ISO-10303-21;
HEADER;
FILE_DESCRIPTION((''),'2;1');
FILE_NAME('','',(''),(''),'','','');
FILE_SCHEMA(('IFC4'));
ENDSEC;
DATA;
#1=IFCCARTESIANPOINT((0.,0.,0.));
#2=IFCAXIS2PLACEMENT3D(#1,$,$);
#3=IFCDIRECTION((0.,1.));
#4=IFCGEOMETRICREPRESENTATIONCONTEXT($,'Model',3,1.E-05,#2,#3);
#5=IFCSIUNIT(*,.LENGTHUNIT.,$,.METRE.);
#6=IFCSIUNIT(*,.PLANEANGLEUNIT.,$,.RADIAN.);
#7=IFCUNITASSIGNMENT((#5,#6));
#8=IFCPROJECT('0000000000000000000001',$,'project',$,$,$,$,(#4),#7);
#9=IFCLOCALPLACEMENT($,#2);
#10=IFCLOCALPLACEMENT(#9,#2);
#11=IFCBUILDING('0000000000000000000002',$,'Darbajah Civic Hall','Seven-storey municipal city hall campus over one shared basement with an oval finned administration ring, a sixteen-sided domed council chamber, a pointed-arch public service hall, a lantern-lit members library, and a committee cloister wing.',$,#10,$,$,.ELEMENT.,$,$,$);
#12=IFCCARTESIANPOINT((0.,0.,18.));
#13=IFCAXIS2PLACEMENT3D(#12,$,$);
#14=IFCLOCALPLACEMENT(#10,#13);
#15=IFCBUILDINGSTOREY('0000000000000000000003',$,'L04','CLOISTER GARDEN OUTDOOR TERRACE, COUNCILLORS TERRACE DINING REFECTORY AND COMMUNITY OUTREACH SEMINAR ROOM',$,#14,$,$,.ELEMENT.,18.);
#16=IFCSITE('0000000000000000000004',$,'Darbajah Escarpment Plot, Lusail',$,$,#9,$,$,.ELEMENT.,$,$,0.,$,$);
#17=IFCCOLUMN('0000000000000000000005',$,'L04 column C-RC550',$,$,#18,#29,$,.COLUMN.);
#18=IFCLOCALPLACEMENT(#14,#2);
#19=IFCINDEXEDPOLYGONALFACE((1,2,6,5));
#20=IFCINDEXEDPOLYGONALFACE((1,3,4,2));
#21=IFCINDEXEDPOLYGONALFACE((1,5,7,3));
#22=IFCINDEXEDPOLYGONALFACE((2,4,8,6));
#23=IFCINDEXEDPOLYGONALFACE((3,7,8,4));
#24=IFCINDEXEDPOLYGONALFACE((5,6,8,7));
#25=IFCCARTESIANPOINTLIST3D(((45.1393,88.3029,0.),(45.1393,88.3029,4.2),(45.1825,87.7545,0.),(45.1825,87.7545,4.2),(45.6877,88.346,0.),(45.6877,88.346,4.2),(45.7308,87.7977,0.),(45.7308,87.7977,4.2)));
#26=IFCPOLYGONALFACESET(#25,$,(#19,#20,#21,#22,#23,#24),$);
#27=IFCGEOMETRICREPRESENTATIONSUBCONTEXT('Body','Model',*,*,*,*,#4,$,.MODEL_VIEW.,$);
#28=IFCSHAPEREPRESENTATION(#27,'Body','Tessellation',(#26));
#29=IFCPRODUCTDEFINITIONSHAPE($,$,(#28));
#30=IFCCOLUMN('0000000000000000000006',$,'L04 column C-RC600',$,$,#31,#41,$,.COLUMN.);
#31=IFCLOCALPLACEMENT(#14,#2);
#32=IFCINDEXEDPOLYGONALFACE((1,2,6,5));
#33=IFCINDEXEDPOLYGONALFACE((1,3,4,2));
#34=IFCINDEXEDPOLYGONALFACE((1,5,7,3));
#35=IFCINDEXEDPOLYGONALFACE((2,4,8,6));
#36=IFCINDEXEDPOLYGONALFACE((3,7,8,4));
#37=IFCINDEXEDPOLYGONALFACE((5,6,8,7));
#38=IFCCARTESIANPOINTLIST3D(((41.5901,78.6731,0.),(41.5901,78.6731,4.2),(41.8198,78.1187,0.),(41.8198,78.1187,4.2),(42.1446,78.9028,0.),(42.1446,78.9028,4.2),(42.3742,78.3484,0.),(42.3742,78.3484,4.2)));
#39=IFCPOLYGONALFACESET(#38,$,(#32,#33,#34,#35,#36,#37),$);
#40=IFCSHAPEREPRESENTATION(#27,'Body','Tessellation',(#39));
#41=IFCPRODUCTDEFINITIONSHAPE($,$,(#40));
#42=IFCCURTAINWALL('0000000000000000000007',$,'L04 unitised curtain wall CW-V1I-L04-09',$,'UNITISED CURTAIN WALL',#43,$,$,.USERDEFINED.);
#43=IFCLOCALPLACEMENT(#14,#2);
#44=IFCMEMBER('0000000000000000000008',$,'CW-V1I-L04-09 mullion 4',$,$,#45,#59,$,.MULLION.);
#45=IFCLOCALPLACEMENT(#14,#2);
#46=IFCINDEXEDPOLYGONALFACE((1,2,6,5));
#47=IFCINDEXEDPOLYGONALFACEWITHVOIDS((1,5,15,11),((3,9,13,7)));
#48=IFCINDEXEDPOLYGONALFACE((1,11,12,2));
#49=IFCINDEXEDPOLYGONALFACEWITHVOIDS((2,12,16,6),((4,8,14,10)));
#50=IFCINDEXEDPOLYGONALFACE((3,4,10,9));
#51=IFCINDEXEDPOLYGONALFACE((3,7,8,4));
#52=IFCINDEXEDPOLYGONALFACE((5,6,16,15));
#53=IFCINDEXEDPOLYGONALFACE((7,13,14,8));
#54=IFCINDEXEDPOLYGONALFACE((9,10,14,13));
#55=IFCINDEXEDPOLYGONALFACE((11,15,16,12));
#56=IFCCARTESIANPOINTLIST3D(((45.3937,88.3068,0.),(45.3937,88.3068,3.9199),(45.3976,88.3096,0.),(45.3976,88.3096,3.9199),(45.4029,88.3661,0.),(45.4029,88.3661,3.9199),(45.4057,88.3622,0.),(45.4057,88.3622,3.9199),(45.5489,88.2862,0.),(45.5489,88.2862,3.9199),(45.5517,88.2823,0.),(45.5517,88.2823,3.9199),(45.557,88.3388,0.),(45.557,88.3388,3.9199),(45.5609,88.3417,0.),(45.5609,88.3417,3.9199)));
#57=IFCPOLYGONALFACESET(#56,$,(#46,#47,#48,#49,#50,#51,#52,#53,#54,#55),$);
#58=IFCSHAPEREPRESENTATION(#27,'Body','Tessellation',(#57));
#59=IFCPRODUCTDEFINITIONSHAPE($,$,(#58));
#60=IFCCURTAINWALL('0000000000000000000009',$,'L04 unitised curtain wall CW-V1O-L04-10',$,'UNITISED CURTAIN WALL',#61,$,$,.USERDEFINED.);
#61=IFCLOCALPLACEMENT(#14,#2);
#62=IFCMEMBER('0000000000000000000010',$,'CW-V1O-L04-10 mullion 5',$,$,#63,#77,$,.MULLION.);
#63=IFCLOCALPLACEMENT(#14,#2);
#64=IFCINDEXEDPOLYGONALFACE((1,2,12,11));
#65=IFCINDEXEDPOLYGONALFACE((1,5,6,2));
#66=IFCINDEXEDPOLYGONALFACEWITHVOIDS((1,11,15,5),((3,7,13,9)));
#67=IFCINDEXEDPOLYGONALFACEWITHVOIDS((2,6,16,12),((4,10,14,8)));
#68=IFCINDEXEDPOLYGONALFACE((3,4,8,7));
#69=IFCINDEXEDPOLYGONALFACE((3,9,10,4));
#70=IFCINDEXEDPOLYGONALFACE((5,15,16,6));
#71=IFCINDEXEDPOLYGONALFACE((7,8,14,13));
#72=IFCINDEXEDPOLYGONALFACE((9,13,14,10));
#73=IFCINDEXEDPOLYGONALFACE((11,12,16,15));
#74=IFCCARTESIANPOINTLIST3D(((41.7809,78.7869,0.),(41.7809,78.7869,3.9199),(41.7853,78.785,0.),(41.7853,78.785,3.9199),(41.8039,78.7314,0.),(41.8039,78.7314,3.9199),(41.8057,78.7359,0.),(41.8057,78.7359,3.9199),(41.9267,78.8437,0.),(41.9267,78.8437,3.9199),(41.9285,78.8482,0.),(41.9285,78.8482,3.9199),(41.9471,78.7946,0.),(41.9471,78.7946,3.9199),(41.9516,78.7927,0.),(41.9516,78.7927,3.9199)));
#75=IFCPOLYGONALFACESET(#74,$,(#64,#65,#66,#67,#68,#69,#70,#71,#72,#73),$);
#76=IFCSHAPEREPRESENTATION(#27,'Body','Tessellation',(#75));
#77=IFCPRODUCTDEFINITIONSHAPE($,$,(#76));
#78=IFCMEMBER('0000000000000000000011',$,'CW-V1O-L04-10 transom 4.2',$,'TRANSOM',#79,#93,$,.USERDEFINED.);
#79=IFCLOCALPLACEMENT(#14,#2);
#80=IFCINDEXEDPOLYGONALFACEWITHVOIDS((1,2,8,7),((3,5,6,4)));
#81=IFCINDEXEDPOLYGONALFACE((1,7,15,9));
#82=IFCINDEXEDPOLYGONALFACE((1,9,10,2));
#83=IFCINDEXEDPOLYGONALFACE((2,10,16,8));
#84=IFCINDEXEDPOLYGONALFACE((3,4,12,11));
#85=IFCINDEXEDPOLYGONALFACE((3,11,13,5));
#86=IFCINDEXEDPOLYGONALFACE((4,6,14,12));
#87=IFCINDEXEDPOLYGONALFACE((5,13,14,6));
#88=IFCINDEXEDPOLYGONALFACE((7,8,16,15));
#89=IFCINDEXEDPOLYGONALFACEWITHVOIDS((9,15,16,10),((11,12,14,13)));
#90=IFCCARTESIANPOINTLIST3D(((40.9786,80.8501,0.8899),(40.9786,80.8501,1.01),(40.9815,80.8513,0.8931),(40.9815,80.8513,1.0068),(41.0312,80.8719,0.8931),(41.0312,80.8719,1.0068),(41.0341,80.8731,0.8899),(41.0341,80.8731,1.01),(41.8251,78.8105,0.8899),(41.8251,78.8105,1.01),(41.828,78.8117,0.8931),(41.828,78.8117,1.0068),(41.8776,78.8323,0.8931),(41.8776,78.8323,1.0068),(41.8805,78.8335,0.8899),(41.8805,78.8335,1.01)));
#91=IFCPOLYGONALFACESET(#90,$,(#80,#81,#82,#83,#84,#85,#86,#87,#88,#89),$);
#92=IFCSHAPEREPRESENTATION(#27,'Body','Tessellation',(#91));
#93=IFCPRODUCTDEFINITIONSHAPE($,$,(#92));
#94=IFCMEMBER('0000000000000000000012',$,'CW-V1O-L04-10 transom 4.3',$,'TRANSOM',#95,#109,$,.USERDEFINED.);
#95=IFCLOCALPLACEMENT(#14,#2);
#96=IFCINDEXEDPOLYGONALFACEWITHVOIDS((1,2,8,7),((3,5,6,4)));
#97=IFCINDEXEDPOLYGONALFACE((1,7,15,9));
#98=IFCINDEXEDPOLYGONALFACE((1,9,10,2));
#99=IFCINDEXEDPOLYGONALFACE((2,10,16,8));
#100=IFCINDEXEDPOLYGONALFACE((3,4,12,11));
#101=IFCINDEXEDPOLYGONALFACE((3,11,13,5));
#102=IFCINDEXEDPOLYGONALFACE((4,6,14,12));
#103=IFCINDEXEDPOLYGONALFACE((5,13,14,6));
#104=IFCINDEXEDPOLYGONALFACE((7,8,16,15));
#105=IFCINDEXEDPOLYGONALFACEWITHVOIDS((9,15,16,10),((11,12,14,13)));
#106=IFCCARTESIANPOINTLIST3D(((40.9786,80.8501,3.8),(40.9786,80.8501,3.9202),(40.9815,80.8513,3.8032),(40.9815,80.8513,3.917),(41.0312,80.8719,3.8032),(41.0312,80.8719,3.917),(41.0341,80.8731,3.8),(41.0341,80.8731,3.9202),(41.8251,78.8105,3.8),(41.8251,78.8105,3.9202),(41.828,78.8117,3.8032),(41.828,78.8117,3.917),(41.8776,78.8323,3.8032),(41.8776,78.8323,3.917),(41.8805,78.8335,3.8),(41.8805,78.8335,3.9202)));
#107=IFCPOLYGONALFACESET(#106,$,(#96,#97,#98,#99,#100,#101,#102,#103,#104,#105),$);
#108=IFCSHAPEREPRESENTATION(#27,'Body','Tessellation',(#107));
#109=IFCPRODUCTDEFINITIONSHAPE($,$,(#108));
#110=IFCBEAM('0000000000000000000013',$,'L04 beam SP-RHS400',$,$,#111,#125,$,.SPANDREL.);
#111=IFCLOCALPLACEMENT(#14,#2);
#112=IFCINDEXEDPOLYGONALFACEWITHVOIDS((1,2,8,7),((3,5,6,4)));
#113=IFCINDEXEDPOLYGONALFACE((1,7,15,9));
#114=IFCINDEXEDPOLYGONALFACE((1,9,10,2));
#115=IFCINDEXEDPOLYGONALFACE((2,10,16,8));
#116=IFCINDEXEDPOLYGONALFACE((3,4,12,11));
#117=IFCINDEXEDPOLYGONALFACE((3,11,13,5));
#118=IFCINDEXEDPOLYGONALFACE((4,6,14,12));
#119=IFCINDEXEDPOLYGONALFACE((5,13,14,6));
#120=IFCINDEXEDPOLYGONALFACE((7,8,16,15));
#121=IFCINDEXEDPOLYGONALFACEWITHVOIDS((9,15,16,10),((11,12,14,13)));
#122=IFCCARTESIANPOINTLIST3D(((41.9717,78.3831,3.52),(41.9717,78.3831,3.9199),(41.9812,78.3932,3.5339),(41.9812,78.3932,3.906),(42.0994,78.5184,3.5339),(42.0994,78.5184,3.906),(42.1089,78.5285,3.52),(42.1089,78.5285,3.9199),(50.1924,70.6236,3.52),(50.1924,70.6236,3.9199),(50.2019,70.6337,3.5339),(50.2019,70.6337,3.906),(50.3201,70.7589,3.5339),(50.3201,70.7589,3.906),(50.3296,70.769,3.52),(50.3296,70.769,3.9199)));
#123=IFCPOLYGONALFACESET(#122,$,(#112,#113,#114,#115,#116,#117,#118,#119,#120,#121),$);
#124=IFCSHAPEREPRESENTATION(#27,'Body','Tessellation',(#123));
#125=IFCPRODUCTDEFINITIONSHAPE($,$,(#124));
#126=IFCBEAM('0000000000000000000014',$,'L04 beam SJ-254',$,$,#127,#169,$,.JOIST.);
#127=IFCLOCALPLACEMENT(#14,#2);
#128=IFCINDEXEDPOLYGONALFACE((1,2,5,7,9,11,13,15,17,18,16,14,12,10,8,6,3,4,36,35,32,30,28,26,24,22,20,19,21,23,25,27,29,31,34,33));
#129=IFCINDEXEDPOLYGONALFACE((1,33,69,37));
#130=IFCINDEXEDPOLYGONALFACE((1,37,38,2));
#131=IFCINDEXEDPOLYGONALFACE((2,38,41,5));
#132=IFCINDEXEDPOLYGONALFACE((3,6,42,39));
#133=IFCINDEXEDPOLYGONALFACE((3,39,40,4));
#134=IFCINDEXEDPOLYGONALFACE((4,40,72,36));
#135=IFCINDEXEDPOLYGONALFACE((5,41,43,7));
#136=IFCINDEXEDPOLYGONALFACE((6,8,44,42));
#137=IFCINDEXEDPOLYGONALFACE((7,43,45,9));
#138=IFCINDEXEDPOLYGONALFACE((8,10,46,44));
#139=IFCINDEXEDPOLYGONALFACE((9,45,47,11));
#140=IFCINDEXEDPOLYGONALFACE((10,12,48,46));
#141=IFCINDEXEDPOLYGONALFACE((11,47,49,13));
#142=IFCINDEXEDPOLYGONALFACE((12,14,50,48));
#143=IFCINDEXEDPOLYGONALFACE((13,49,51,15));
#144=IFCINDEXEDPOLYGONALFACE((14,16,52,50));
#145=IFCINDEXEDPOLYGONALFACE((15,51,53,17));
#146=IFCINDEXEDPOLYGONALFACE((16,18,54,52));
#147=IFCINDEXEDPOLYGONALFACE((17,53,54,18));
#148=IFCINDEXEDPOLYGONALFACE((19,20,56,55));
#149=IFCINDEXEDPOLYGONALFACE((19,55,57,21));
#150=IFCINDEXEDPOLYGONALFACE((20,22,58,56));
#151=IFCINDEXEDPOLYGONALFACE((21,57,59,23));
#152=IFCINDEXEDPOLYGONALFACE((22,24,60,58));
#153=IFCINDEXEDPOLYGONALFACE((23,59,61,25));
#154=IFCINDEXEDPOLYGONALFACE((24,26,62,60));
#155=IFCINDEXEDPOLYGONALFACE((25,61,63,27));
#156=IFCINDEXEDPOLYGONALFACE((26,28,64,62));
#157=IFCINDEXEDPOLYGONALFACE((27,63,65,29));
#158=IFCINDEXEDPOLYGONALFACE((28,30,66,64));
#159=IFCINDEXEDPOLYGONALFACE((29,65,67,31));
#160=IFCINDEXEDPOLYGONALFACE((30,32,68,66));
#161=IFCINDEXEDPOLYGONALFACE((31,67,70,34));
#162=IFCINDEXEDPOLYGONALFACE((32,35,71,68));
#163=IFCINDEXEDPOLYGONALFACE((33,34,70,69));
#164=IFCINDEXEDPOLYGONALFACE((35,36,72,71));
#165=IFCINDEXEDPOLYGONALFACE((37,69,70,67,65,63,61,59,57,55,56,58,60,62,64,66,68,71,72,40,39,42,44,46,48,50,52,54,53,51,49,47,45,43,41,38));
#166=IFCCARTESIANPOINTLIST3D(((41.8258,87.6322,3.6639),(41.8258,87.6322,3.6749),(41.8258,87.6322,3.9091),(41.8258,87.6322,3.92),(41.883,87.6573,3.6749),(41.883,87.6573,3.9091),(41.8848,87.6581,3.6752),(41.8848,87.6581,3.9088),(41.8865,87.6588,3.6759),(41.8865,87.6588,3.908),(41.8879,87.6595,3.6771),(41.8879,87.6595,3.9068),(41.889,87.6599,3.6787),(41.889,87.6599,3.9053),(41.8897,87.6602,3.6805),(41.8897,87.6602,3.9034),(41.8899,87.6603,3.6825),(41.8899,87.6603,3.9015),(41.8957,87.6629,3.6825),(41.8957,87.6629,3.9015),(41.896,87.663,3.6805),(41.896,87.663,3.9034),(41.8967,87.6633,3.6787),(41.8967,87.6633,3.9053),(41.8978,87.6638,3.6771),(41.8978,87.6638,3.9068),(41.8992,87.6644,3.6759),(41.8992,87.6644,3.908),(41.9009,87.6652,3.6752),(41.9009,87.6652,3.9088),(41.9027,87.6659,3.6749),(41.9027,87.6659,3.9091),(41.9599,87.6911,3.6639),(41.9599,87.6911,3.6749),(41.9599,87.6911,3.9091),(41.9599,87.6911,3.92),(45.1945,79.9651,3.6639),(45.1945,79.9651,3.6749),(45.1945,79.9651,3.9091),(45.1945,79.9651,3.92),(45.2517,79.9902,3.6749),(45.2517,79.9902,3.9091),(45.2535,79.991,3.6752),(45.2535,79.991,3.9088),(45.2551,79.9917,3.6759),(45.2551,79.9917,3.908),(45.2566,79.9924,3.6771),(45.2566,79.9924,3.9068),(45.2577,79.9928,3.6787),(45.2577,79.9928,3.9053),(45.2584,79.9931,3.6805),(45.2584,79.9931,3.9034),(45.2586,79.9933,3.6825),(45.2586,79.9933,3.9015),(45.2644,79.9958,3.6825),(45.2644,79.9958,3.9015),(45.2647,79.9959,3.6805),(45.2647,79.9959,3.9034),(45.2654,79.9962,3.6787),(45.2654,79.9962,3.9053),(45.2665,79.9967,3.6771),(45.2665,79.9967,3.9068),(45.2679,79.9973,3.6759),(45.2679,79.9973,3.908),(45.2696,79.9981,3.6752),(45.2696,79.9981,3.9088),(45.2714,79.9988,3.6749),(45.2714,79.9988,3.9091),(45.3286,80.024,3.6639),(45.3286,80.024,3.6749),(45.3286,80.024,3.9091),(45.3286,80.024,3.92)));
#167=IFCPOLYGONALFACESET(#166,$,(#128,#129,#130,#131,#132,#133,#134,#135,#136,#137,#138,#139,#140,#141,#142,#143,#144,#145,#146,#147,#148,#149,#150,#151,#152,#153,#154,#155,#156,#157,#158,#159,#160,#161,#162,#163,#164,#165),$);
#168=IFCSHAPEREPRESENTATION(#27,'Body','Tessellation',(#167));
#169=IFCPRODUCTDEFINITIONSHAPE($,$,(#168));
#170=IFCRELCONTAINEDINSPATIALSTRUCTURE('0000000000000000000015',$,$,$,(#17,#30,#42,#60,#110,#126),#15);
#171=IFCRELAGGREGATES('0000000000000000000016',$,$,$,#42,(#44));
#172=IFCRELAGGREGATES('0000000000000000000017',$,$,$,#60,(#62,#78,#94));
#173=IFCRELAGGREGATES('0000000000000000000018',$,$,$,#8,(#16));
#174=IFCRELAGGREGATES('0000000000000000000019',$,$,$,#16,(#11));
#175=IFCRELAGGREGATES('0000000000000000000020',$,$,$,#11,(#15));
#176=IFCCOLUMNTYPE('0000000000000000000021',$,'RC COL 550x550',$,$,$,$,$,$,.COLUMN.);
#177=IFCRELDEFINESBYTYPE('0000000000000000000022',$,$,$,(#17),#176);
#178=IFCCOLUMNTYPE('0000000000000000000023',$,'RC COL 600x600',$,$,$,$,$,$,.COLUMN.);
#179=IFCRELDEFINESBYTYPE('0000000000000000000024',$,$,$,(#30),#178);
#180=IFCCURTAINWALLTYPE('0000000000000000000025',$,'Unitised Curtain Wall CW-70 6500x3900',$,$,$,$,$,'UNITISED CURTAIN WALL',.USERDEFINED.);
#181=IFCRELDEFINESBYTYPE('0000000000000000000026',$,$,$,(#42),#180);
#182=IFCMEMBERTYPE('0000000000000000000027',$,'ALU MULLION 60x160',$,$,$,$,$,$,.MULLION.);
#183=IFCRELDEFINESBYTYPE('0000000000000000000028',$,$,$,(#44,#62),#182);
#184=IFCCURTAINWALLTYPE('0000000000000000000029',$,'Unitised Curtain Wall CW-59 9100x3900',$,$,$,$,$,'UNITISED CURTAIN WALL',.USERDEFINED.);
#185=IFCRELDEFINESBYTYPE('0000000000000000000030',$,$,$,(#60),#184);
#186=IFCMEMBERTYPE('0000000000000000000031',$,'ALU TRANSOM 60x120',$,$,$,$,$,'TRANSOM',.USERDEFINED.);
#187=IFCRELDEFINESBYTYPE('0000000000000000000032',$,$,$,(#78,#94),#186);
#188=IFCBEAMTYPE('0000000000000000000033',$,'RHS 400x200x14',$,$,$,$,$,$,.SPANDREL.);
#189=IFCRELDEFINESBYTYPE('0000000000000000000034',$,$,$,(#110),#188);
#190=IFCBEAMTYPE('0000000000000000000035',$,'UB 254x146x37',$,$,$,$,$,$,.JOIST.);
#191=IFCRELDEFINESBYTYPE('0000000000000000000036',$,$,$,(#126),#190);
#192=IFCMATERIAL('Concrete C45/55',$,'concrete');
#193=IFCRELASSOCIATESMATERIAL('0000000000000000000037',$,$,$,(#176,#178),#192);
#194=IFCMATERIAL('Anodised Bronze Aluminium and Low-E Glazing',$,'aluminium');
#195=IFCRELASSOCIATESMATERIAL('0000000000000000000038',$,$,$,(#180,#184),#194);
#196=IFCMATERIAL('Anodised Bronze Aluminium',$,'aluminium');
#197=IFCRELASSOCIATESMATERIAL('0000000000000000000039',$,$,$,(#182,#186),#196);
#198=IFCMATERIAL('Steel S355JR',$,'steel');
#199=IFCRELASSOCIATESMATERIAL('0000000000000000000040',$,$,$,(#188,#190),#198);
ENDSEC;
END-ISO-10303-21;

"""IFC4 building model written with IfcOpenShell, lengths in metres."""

from ifc_helpers import new_model, si_unit, direction, frame, origin, origin_2d, place, context, subcontext, project, spatial, rectangle, hollow_rectangle, i_section, extrude, material, material_profile, profile_set, type_object, element, aggregate, save


model = new_model("IFC4")

# Units and contexts
model_context = context("Model", 3, precision=1e-05, world=origin(), true_north=direction((0.0, 1.0)))
body_context = subcontext(model_context, "Body", "Model", "MODEL_VIEW")
ifc_project = project(units=[si_unit("LENGTHUNIT", "METRE"), si_unit("PLANEANGLEUNIT", "RADIAN")], contexts=[model_context])

# Site, building, storey
site_placement = place(None, origin())
site = spatial("IfcSite", under=ifc_project, at=site_placement, Name="Darbajah Escarpment Plot, Lusail", CompositionType="ELEMENT", RefElevation=0.0)
building_placement = place(site_placement, origin())
building = spatial("IfcBuilding", under=site, at=building_placement, Name="Darbajah Civic Hall", Description="Seven-storey municipal city hall campus over one shared basement with an oval finned administration ring, a sixteen-sided domed council chamber, a pointed-arch public service hall, a lantern-lit members library, and a committee cloister wing.", CompositionType="ELEMENT")
storey_placement = place(building_placement, frame((0.0, 0.0, 18.0)))
storey = spatial("IfcBuildingStorey", under=building, at=storey_placement, Name="L04", Description="CLOISTER GARDEN OUTDOOR TERRACE, COUNCILLORS TERRACE DINING REFECTORY AND COMMUNITY OUTREACH SEMINAR ROOM", CompositionType="ELEMENT", Elevation=18.0)

# Columns
ifc_material_1 = material(Name="Concrete C45/55", Category="concrete")
ifc_material_profile_1 = material_profile(ifc_material_1, rectangle(XDim=0.55, YDim=0.55, at=origin_2d()), Name="RC COL 550x550")
ifc_profile_set_1 = profile_set([ifc_material_profile_1], Name="Concrete C45/55")
column_type_1 = type_object("IfcColumnType", Name="RC COL 550x550", PredefinedType="COLUMN", material=ifc_profile_set_1)
column_1_placement = place(storey_placement, frame((45.4351, 88.0503, 0.0), z_axis=(0.0, 0.0, 1.0), x_axis=(-0.996917, -0.078459, 0.0)))
element("IfcColumn", 1, at=column_1_placement, inside=storey, type_object=column_type_1, Name="L04 column C-RC550", PredefinedType="COLUMN", context=body_context, shape_type="SweptSolid", body=[
    extrude(rectangle(XDim=0.55, YDim=0.55, at=origin_2d()), origin(), (0.0, 0.0, 1.0), 4.2),
])
ifc_material_profile_2 = material_profile(ifc_material_1, rectangle(XDim=0.6001, YDim=0.6001, at=origin_2d()), Name="RC COL 600x600")
ifc_profile_set_2 = profile_set([ifc_material_profile_2], Name="Concrete C45/55")
column_type_2 = type_object("IfcColumnType", Name="RC COL 600x600", PredefinedType="COLUMN", material=ifc_profile_set_2)
column_2_placement = place(storey_placement, frame((41.9822, 78.5107, 0.0), z_axis=(0.0, 0.0, 1.0), x_axis=(-0.92388, -0.382683, 0.0)))
element("IfcColumn", 2, at=column_2_placement, inside=storey, type_object=column_type_2, Name="L04 column C-RC600", PredefinedType="COLUMN", context=body_context, shape_type="SweptSolid", body=[
    extrude(rectangle(XDim=0.6001, YDim=0.6001, at=origin_2d()), origin(), (0.0, 0.0, 1.0), 4.2),
])

# Curtain wall, member
ifc_material_2 = material(Name="Anodised Bronze Aluminium and Low-E Glazing", Category="aluminium")
curtain_wall_type_1 = type_object("IfcCurtainWallType", Name="Unitised Curtain Wall CW-70 6500x3900", ElementType="UNITISED CURTAIN WALL", PredefinedType="USERDEFINED", material=ifc_material_2)
curtain_wall_1_placement = place(storey_placement, origin())
curtain_wall_1 = element("IfcCurtainWall", 3, at=curtain_wall_1_placement, inside=storey, type_object=curtain_wall_type_1, Name="L04 unitised curtain wall CW-V1I-L04-09", ObjectType="UNITISED CURTAIN WALL", PredefinedType="USERDEFINED")
ifc_material_3 = material(Name="Anodised Bronze Aluminium", Category="aluminium")
ifc_material_profile_3 = material_profile(ifc_material_3, hollow_rectangle(XDim=0.0601, YDim=0.1599, WallThickness=0.0034, at=origin_2d()), Name="ALU MULLION 60x160")
ifc_profile_set_3 = profile_set([ifc_material_profile_3], Name="Anodised Bronze Aluminium")
member_type_1 = type_object("IfcMemberType", Name="ALU MULLION 60x160", PredefinedType="MULLION", material=ifc_profile_set_3)
member_1_placement = place(storey_placement, frame((45.4773, 88.3242, 0.0), z_axis=(0.0, 0.0, 1.0), x_axis=(-0.152813, -0.988255, 0.0)))
member_1 = element("IfcMember", 4, at=member_1_placement, type_object=member_type_1, Name="CW-V1I-L04-09 mullion 4", PredefinedType="MULLION", context=body_context, shape_type="SweptSolid", body=[
    extrude(hollow_rectangle(XDim=0.0601, YDim=0.1599, WallThickness=0.0034, at=origin_2d()), origin(), (0.0, 0.0, 1.0), 3.9199),
])

# Curtain wall, members
curtain_wall_type_2 = type_object("IfcCurtainWallType", Name="Unitised Curtain Wall CW-59 9100x3900", ElementType="UNITISED CURTAIN WALL", PredefinedType="USERDEFINED", material=ifc_material_2)
curtain_wall_2_placement = place(storey_placement, origin())
curtain_wall_2 = element("IfcCurtainWall", 5, at=curtain_wall_2_placement, inside=storey, type_object=curtain_wall_type_2, Name="L04 unitised curtain wall CW-V1O-L04-10", ObjectType="UNITISED CURTAIN WALL", PredefinedType="USERDEFINED")
member_2_placement = place(storey_placement, frame((41.8662, 78.7898, 0.0), z_axis=(0.0, 0.0, 1.0), x_axis=(0.383328, -0.923612, 0.0)))
member_2 = element("IfcMember", 6, at=member_2_placement, type_object=member_type_1, Name="CW-V1O-L04-10 mullion 5", PredefinedType="MULLION", context=body_context, shape_type="SweptSolid", body=[
    extrude(hollow_rectangle(XDim=0.0601, YDim=0.1599, WallThickness=0.0034, at=origin_2d()), origin(), (0.0, 0.0, 1.0), 3.9199),
])
ifc_material_profile_4 = material_profile(ifc_material_3, hollow_rectangle(XDim=0.0601, YDim=0.1201, WallThickness=0.0032, at=origin_2d()), Name="ALU TRANSOM 60x120")
ifc_profile_set_4 = profile_set([ifc_material_profile_4], Name="Anodised Bronze Aluminium")
member_type_2 = type_object("IfcMemberType", Name="ALU TRANSOM 60x120", ElementType="TRANSOM", PredefinedType="USERDEFINED", material=ifc_profile_set_4)
member_3_placement = place(storey_placement, frame((41.0063, 80.8616, 0.95), z_axis=(0.383312, -0.923619, 0.0), x_axis=(0.923619, 0.383312, 0.0)))
member_3 = element("IfcMember", 7, at=member_3_placement, type_object=member_type_2, Name="CW-V1O-L04-10 transom 4.2", ObjectType="TRANSOM", PredefinedType="USERDEFINED", context=body_context, shape_type="SweptSolid", body=[
    extrude(hollow_rectangle(XDim=0.0601, YDim=0.1201, WallThickness=0.0032, at=origin_2d()), origin(), (0.0, 0.0, 1.0), 2.2083),
])
member_4_placement = place(storey_placement, frame((41.0063, 80.8616, 3.8601), z_axis=(0.383312, -0.923619, 0.0), x_axis=(0.923619, 0.383312, 0.0)))
member_4 = element("IfcMember", 8, at=member_4_placement, type_object=member_type_2, Name="CW-V1O-L04-10 transom 4.3", ObjectType="TRANSOM", PredefinedType="USERDEFINED", context=body_context, shape_type="SweptSolid", body=[
    extrude(hollow_rectangle(XDim=0.0601, YDim=0.1201, WallThickness=0.0032, at=origin_2d()), origin(), (0.0, 0.0, 1.0), 2.2083),
])

# Beams
ifc_material_4 = material(Name="Steel S355JR", Category="steel")
ifc_material_profile_5 = material_profile(ifc_material_4, hollow_rectangle(XDim=0.2, YDim=0.3999, WallThickness=0.0139, at=origin_2d()), Name="RHS 400x200x14")
ifc_profile_set_5 = profile_set([ifc_material_profile_5], Name="Steel S355JR")
beam_type_1 = type_object("IfcBeamType", Name="RHS 400x200x14", PredefinedType="SPANDREL", material=ifc_profile_set_5)
beam_1_placement = place(storey_placement, frame((42.0403, 78.4558, 3.72), z_axis=(0.727211, -0.686414, 0.0), x_axis=(0.686414, 0.727211, 0.0)))
element("IfcBeam", 9, at=beam_1_placement, inside=storey, type_object=beam_type_1, Name="L04 beam SP-RHS400", PredefinedType="SPANDREL", context=body_context, shape_type="SweptSolid", body=[
    extrude(hollow_rectangle(XDim=0.2, YDim=0.3999, WallThickness=0.0139, at=origin_2d()), origin(), (0.0, 0.0, 1.0), 11.3044),
])
ifc_material_profile_6 = material_profile(ifc_material_4, i_section(OverallWidth=0.1465, OverallDepth=0.2561, WebThickness=0.0063, FlangeThickness=0.011, FilletRadius=0.0076, at=origin_2d()), Name="UB 254x146x37")
ifc_profile_set_6 = profile_set([ifc_material_profile_6], Name="Steel S355JR")
beam_type_2 = type_object("IfcBeamType", Name="UB 254x146x37", PredefinedType="JOIST", material=ifc_profile_set_6)
beam_2_placement = place(storey_placement, frame((41.8928, 87.6616, 3.792), z_axis=(0.402256, -0.915527, 0.0), x_axis=(0.915527, 0.402256, 0.0)))
element("IfcBeam", 10, at=beam_2_placement, inside=storey, type_object=beam_type_2, Name="L04 beam SJ-254", PredefinedType="JOIST", context=body_context, shape_type="SweptSolid", body=[
    extrude(i_section(OverallWidth=0.1465, OverallDepth=0.2561, WebThickness=0.0063, FlangeThickness=0.011, FilletRadius=0.0076, at=origin_2d()), origin(), (0.0, 0.0, 1.0), 8.3745),
])

aggregate(curtain_wall_1, [member_1])
aggregate(curtain_wall_2, [member_2, member_3, member_4])

save(model, "model.ifc")
